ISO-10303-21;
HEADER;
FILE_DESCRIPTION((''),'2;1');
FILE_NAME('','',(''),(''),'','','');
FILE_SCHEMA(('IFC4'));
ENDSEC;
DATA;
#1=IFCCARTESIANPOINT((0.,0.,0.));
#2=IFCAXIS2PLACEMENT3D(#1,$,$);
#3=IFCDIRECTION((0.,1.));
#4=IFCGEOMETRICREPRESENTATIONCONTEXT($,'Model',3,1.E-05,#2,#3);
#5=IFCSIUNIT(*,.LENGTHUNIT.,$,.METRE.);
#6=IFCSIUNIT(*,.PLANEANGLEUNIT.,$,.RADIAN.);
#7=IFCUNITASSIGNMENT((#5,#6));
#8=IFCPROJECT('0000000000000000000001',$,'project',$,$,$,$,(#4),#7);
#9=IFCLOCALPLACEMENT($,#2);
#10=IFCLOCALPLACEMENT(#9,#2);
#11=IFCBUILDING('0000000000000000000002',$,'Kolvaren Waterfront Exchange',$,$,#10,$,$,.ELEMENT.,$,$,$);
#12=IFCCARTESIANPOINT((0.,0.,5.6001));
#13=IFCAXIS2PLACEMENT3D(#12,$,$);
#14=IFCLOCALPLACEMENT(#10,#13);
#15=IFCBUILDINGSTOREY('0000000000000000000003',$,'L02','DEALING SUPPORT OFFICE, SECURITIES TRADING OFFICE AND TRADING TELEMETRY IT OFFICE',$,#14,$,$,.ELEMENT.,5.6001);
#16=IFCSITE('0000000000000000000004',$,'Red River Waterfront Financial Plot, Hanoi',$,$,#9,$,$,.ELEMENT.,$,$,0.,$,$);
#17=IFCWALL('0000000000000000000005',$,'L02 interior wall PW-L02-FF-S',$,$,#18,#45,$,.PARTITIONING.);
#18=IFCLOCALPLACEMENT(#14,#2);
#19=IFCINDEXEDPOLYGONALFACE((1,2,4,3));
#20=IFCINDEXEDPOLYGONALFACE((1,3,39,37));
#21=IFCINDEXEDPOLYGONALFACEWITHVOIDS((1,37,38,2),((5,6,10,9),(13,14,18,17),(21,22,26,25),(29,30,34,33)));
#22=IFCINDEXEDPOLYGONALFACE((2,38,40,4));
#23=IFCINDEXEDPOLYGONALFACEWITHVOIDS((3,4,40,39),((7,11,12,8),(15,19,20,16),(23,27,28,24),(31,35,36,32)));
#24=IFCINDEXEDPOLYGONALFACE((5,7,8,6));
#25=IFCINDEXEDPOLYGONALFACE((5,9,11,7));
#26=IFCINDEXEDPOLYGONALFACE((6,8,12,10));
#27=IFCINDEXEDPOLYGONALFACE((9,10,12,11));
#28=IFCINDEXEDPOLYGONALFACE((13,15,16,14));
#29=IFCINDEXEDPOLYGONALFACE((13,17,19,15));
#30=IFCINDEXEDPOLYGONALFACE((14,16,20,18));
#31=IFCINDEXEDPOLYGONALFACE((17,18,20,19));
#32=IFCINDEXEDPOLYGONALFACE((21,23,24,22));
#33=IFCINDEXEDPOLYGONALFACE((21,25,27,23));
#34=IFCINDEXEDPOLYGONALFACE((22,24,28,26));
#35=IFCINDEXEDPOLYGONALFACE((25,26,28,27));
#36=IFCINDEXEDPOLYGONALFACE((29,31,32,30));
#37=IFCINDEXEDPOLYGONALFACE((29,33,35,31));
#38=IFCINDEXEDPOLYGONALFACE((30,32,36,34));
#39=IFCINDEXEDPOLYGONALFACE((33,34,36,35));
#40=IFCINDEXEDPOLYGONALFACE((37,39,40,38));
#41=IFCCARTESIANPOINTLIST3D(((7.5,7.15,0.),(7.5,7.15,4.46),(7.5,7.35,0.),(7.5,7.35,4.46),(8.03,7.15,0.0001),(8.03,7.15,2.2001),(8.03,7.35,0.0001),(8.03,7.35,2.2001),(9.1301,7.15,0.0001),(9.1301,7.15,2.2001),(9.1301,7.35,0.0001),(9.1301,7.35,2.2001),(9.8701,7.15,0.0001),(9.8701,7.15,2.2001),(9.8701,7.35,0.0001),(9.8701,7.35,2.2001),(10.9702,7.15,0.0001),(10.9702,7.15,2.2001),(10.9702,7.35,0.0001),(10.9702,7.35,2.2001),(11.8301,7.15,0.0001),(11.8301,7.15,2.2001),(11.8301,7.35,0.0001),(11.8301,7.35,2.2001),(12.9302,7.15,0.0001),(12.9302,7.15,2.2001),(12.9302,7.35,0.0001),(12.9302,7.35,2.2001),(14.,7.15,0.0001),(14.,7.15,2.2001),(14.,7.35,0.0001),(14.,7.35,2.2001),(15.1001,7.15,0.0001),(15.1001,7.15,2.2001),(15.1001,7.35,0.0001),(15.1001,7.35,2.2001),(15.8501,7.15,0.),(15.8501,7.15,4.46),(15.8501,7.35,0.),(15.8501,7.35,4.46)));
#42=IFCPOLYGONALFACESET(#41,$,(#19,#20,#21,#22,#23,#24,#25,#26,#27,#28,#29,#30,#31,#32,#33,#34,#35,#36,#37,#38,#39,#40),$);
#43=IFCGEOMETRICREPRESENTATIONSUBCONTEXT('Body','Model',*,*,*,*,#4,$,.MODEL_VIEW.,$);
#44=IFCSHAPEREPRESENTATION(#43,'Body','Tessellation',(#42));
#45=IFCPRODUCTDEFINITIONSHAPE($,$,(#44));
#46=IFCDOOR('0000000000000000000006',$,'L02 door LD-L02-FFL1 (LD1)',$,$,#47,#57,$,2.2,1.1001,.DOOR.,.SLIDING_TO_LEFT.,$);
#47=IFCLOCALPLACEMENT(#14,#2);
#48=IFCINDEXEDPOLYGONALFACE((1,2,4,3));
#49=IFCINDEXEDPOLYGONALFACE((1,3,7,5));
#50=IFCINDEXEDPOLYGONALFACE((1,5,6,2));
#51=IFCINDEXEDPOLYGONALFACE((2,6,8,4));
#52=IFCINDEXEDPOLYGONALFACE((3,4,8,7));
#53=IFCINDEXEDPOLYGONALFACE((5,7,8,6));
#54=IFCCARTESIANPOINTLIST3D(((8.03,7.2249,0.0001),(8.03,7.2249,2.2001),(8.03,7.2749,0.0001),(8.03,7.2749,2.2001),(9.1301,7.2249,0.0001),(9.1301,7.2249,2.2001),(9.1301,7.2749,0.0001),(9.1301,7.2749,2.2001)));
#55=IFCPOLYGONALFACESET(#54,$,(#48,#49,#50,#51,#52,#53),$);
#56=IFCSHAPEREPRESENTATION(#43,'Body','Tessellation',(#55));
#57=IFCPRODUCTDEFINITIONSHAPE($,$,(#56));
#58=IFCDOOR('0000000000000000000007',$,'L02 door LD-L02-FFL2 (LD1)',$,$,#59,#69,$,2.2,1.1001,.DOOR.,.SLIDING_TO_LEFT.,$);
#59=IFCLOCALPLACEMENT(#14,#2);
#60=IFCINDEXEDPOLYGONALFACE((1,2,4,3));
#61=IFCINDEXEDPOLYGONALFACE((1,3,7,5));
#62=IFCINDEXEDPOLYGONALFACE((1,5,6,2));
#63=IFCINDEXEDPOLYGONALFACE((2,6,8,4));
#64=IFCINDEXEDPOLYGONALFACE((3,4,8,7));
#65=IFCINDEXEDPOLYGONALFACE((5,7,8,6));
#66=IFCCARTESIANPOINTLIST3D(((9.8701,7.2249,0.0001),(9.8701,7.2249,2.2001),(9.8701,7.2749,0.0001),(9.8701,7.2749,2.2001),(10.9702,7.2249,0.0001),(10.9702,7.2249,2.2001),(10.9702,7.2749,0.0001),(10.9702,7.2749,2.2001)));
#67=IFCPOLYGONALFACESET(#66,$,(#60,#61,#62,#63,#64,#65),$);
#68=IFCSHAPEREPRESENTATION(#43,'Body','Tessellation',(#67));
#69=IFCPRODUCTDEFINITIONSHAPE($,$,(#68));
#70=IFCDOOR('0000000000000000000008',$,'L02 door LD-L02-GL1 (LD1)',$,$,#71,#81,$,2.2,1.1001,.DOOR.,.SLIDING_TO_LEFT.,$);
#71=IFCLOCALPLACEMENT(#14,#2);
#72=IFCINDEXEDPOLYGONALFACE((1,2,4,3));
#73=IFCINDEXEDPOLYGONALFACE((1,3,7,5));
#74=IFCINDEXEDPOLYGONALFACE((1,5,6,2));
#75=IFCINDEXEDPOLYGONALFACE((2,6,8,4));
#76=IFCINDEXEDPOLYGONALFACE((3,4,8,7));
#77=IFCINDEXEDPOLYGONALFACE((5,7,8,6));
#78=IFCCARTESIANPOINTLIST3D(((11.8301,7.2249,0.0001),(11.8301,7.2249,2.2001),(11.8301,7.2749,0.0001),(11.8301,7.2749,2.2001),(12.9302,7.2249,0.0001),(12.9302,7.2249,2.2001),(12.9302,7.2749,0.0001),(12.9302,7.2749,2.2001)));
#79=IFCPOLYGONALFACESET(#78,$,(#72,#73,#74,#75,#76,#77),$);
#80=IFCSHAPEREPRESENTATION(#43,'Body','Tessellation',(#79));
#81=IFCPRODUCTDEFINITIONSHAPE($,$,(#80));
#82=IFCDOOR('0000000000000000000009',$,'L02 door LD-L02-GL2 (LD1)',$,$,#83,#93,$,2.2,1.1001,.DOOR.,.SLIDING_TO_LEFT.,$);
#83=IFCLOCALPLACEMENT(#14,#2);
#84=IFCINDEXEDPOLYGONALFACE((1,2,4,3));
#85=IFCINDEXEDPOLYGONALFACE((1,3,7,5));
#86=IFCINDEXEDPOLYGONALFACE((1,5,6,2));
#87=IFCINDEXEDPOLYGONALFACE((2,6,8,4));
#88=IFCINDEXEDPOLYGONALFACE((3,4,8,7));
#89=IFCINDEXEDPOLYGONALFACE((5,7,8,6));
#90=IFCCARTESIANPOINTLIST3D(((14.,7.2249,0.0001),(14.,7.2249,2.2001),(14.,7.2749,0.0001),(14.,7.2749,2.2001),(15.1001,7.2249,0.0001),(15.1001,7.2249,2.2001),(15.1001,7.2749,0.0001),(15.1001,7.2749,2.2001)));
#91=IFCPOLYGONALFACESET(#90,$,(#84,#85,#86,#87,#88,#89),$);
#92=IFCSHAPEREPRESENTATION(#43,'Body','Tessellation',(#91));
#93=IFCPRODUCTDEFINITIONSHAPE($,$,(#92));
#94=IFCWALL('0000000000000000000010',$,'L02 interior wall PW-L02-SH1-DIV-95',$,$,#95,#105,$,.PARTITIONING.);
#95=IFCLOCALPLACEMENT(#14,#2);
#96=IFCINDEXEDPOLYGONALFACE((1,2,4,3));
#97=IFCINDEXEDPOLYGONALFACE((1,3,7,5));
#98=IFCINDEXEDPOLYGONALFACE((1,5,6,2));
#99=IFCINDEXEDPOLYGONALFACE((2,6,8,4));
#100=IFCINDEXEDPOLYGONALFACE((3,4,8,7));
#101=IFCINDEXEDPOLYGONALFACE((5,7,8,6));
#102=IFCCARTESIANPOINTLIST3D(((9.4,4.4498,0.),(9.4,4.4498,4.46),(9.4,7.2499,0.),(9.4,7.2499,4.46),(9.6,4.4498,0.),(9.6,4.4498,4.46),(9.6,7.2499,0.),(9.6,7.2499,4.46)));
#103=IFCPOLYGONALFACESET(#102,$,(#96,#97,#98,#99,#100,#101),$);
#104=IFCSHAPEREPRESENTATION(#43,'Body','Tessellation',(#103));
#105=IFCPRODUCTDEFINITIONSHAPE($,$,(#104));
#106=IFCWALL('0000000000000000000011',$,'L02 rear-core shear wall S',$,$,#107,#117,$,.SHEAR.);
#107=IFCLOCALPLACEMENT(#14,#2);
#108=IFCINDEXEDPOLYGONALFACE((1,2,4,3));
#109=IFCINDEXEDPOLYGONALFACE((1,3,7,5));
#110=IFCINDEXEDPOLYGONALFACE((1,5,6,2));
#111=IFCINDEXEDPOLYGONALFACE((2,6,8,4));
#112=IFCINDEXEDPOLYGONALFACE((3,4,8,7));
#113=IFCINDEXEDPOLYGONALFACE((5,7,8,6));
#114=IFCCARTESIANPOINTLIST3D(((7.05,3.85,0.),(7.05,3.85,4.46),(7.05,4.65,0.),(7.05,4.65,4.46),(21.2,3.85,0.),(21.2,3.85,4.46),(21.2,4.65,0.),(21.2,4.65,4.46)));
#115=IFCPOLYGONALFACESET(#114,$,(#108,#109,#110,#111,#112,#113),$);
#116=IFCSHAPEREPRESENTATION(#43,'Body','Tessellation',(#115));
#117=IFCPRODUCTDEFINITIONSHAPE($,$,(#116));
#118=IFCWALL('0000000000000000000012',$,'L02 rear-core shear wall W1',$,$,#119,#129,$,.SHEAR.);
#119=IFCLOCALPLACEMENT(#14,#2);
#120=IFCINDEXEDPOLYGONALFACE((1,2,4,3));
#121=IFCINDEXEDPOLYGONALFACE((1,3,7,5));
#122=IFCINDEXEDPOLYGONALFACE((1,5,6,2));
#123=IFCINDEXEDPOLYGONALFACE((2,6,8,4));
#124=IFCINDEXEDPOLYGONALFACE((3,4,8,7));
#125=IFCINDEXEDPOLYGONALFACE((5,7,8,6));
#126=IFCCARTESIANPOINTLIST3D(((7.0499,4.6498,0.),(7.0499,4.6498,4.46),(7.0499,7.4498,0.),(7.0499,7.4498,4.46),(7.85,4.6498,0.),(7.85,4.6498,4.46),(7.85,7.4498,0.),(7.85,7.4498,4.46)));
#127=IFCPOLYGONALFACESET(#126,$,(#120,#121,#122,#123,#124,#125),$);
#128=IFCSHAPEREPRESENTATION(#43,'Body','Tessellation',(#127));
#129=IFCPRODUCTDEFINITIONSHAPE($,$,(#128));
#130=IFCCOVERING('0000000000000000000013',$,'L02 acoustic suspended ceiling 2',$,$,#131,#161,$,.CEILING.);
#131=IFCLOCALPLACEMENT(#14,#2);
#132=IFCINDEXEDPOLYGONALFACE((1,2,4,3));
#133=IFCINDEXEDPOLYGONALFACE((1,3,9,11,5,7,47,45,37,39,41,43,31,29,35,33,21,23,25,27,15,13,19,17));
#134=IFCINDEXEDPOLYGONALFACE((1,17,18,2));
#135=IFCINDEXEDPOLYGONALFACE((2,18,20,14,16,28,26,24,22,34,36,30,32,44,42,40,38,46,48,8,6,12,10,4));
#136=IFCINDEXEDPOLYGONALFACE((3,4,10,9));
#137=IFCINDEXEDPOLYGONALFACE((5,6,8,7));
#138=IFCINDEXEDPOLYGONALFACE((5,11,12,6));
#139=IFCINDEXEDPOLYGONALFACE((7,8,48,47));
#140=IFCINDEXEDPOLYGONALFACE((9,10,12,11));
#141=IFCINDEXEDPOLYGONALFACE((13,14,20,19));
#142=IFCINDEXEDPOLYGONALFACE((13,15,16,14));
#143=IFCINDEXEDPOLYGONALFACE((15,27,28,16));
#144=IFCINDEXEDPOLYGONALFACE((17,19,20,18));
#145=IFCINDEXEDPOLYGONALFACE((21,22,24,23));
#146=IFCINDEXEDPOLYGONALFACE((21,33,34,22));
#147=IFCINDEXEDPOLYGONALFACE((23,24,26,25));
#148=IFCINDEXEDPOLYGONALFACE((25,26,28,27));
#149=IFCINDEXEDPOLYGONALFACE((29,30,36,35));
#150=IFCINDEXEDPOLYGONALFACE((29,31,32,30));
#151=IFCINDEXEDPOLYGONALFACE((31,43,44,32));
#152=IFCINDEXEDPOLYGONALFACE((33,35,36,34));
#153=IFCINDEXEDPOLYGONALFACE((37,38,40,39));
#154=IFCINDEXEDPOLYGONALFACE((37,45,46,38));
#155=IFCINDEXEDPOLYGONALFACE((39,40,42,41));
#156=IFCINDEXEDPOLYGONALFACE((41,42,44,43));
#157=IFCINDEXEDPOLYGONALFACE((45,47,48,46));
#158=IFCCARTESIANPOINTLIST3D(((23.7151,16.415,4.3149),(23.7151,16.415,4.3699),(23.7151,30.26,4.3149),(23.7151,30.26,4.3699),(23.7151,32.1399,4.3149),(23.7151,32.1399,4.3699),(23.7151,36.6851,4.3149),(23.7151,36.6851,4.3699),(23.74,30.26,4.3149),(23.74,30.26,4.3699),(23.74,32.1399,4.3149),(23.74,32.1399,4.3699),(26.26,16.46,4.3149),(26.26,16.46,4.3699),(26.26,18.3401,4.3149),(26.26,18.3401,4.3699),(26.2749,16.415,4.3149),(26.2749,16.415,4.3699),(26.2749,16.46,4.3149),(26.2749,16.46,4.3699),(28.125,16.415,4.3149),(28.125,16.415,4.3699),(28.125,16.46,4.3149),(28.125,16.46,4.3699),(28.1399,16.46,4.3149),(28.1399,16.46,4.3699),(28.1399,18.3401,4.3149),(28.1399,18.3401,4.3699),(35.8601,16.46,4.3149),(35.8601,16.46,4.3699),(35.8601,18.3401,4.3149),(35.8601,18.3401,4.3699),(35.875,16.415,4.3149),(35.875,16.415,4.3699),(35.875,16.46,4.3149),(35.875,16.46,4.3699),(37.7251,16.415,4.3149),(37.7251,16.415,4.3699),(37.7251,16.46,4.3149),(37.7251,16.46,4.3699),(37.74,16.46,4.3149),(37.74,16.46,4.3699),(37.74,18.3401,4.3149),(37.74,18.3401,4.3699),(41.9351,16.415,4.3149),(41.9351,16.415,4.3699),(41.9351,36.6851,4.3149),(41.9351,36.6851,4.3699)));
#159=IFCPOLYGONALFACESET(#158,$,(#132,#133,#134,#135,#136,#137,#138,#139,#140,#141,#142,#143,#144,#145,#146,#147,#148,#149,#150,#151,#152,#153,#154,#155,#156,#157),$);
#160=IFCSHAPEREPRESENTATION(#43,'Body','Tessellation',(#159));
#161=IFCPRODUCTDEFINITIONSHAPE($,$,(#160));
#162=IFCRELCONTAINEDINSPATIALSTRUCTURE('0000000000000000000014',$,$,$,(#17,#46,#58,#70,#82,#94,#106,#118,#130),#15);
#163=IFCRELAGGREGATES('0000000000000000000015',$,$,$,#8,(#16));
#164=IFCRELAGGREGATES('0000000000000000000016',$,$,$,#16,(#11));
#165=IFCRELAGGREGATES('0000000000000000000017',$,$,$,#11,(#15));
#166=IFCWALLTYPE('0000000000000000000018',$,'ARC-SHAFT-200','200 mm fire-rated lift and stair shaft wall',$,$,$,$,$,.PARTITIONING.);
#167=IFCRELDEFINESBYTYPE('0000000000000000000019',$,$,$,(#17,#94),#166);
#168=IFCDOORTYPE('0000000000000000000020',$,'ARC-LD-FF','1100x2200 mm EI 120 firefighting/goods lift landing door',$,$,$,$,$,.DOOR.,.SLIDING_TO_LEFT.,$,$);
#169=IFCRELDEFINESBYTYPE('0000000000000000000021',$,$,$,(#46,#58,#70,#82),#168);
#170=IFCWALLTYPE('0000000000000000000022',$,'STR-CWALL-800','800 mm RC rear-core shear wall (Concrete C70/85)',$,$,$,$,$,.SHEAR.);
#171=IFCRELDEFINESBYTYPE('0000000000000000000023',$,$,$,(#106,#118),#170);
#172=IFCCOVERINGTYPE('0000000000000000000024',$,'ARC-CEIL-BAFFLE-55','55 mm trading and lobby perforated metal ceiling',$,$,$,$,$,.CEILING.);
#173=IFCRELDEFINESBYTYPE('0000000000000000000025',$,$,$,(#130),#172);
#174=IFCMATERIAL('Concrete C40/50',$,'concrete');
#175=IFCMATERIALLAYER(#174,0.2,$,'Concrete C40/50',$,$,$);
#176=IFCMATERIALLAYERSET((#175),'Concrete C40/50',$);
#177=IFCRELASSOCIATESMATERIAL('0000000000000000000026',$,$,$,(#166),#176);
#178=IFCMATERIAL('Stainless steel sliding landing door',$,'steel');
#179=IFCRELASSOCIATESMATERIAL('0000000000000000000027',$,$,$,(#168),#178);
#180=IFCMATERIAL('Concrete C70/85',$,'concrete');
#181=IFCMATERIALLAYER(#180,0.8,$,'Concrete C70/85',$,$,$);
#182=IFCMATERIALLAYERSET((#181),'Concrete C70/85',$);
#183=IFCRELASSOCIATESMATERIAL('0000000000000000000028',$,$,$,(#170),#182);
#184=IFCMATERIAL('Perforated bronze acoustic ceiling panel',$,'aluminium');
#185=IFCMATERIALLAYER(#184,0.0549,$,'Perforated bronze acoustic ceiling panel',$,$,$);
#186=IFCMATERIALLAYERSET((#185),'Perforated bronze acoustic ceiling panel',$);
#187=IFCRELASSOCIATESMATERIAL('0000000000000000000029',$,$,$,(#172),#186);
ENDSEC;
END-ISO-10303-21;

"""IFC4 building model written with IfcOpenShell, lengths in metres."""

from ifc_helpers import new_model, si_unit, direction, frame, frame_2d, origin, place, context, subcontext, project, spatial, polyline, rectangle, outline, extrude, material, layer, layer_set, type_object, element, fill, save


model = new_model("IFC4")

# Units and contexts
model_context = context("Model", 3, precision=1e-05, world=origin(), true_north=direction((0.0, 1.0)))
body_context = subcontext(model_context, "Body", "Model", "MODEL_VIEW")
ifc_project = project(units=[si_unit("LENGTHUNIT", "METRE"), si_unit("PLANEANGLEUNIT", "RADIAN")], contexts=[model_context])

# Site, building, storey
site_placement = place(None, origin())
site = spatial("IfcSite", under=ifc_project, at=site_placement, Name="Red River Waterfront Financial Plot, Hanoi", CompositionType="ELEMENT", RefElevation=0.0)
building_placement = place(site_placement, origin())
building = spatial("IfcBuilding", under=site, at=building_placement, Name="Kolvaren Waterfront Exchange", CompositionType="ELEMENT")
storey_placement = place(building_placement, frame((0.0, 0.0, 5.6001)))
storey = spatial("IfcBuildingStorey", under=building, at=storey_placement, Name="L02", Description="DEALING SUPPORT OFFICE, SECURITIES TRADING OFFICE AND TRADING TELEMETRY IT OFFICE", CompositionType="ELEMENT", Elevation=5.6001)

# Shared definitions
ifc_material_1 = material(Name="Concrete C70/85", Category="concrete")

# Wall, openings, doors
ifc_material_2 = material(Name="Concrete C40/50", Category="concrete")
ifc_layer_1 = layer(ifc_material_2, 0.2, Name="Concrete C40/50")
ifc_layer_set_1 = layer_set([ifc_layer_1], Name="Concrete C40/50")
wall_type_1 = type_object("IfcWallType", Name="ARC-SHAFT-200", Description="200 mm fire-rated lift and stair shaft wall", PredefinedType="PARTITIONING", material=ifc_layer_set_1)
wall_1_placement = place(storey_placement, frame((7.5, 7.25, 0.0), z_axis=(0.0, 0.0, 1.0), x_axis=(1.0, 0.0, 0.0)))
wall_1 = element("IfcWall", 1, at=wall_1_placement, inside=storey, type_object=wall_type_1, Name="L02 interior wall PW-L02-FF-S", PredefinedType="PARTITIONING", context=body_context, shape_type="SweptSolid", body=[
    extrude(rectangle(XDim=8.3501, YDim=0.2, at=frame_2d((4.175, 0.0))), origin(), (0.0, 0.0, 1.0), 4.46),
])
opening_1_placement = place(wall_1_placement, frame((0.53, 0.0, 0.0)))
opening_1 = element("IfcOpeningElement", 2, at=opening_1_placement, cuts=wall_1, PredefinedType="OPENING", context=body_context, shape_type="SweptSolid", body=[
    extrude(rectangle(XDim=1.1001, YDim=2.2, at=frame_2d((0.55, 1.1001))), frame((0.0, 0.1099, 0.0), z_axis=(0.0, -1.0, 0.0), x_axis=(1.0, 0.0, 0.0)), (0.0, 0.0, 1.0), 0.22),
])
opening_2_placement = place(wall_1_placement, frame((2.3701, 0.0, 0.0)))
opening_2 = element("IfcOpeningElement", 3, at=opening_2_placement, cuts=wall_1, PredefinedType="OPENING", context=body_context, shape_type="SweptSolid", body=[
    extrude(rectangle(XDim=1.1001, YDim=2.2, at=frame_2d((0.55, 1.1001))), frame((0.0, 0.1099, 0.0), z_axis=(0.0, -1.0, 0.0), x_axis=(1.0, 0.0, 0.0)), (0.0, 0.0, 1.0), 0.22),
])
opening_3_placement = place(wall_1_placement, frame((4.3301, 0.0, 0.0)))
opening_3 = element("IfcOpeningElement", 4, at=opening_3_placement, cuts=wall_1, PredefinedType="OPENING", context=body_context, shape_type="SweptSolid", body=[
    extrude(rectangle(XDim=1.1001, YDim=2.2, at=frame_2d((0.55, 1.1001))), frame((0.0, 0.1099, 0.0), z_axis=(0.0, -1.0, 0.0), x_axis=(1.0, 0.0, 0.0)), (0.0, 0.0, 1.0), 0.22),
])
opening_4_placement = place(wall_1_placement, frame((6.5, 0.0, 0.0)))
opening_4 = element("IfcOpeningElement", 5, at=opening_4_placement, cuts=wall_1, PredefinedType="OPENING", context=body_context, shape_type="SweptSolid", body=[
    extrude(rectangle(XDim=1.1001, YDim=2.2, at=frame_2d((0.55, 1.1001))), frame((0.0, 0.1099, 0.0), z_axis=(0.0, -1.0, 0.0), x_axis=(1.0, 0.0, 0.0)), (0.0, 0.0, 1.0), 0.22),
])
ifc_material_3 = material(Name="Stainless steel sliding landing door", Category="steel")
door_type = type_object("IfcDoorType", Name="ARC-LD-FF", Description="1100x2200 mm EI 120 firefighting/goods lift landing door", OperationType="SLIDING_TO_LEFT", PredefinedType="DOOR", material=ifc_material_3)
door_1_placement = place(opening_1_placement, origin())
door_1 = element("IfcDoor", 6, at=door_1_placement, inside=storey, type_object=door_type, Name="L02 door LD-L02-FFL1 (LD1)", OperationType="SLIDING_TO_LEFT", OverallHeight=2.2, OverallWidth=1.1001, PredefinedType="DOOR", context=body_context, shape_type="SweptSolid", body=[
    extrude(rectangle(XDim=1.1001, YDim=2.2, at=frame_2d((0.55, 1.1001))), frame((0.0, 0.0249, 0.0), z_axis=(0.0, -1.0, 0.0), x_axis=(1.0, 0.0, 0.0)), (0.0, 0.0, 1.0), 0.05),
])
fill(opening_1, door_1)
door_2_placement = place(opening_2_placement, origin())
door_2 = element("IfcDoor", 7, at=door_2_placement, inside=storey, type_object=door_type, Name="L02 door LD-L02-FFL2 (LD1)", OperationType="SLIDING_TO_LEFT", OverallHeight=2.2, OverallWidth=1.1001, PredefinedType="DOOR", context=body_context, shape_type="SweptSolid", body=[
    extrude(rectangle(XDim=1.1001, YDim=2.2, at=frame_2d((0.55, 1.1001))), frame((0.0, 0.0249, 0.0), z_axis=(0.0, -1.0, 0.0), x_axis=(1.0, 0.0, 0.0)), (0.0, 0.0, 1.0), 0.05),
])
fill(opening_2, door_2)
door_3_placement = place(opening_3_placement, origin())
door_3 = element("IfcDoor", 8, at=door_3_placement, inside=storey, type_object=door_type, Name="L02 door LD-L02-GL1 (LD1)", OperationType="SLIDING_TO_LEFT", OverallHeight=2.2, OverallWidth=1.1001, PredefinedType="DOOR", context=body_context, shape_type="SweptSolid", body=[
    extrude(rectangle(XDim=1.1001, YDim=2.2, at=frame_2d((0.55, 1.1001))), frame((0.0, 0.0249, 0.0), z_axis=(0.0, -1.0, 0.0), x_axis=(1.0, 0.0, 0.0)), (0.0, 0.0, 1.0), 0.05),
])
fill(opening_3, door_3)
door_4_placement = place(opening_4_placement, origin())
door_4 = element("IfcDoor", 9, at=door_4_placement, inside=storey, type_object=door_type, Name="L02 door LD-L02-GL2 (LD1)", OperationType="SLIDING_TO_LEFT", OverallHeight=2.2, OverallWidth=1.1001, PredefinedType="DOOR", context=body_context, shape_type="SweptSolid", body=[
    extrude(rectangle(XDim=1.1001, YDim=2.2, at=frame_2d((0.55, 1.1001))), frame((0.0, 0.0249, 0.0), z_axis=(0.0, -1.0, 0.0), x_axis=(1.0, 0.0, 0.0)), (0.0, 0.0, 1.0), 0.05),
])
fill(opening_4, door_4)

# Walls
wall_2_placement = place(storey_placement, frame((9.5, 4.45, 0.0), z_axis=(0.0, 0.0, 1.0), x_axis=(0.0, 1.0, 0.0)))
element("IfcWall", 10, at=wall_2_placement, inside=storey, type_object=wall_type_1, Name="L02 interior wall PW-L02-SH1-DIV-95", PredefinedType="PARTITIONING", context=body_context, shape_type="SweptSolid", body=[
    extrude(rectangle(XDim=2.8, YDim=0.2, at=frame_2d((1.3999, 0.0))), origin(), (0.0, 0.0, 1.0), 4.46),
])
ifc_layer_2 = layer(ifc_material_1, 0.8, Name="Concrete C70/85")
ifc_layer_set_2 = layer_set([ifc_layer_2], Name="Concrete C70/85")
wall_type_2 = type_object("IfcWallType", Name="STR-CWALL-800", Description="800 mm RC rear-core shear wall (Concrete C70/85)", PredefinedType="SHEAR", material=ifc_layer_set_2)
wall_3_placement = place(storey_placement, frame((7.05, 4.25, 0.0), z_axis=(0.0, 0.0, 1.0), x_axis=(1.0, 0.0, 0.0)))
element("IfcWall", 11, at=wall_3_placement, inside=storey, type_object=wall_type_2, Name="L02 rear-core shear wall S", PredefinedType="SHEAR", context=body_context, shape_type="SweptSolid", body=[
    extrude(rectangle(XDim=14.1499, YDim=0.8, at=frame_2d((7.075, 0.0))), origin(), (0.0, 0.0, 1.0), 4.46),
])
wall_4_placement = place(storey_placement, frame((7.45, 4.6499, 0.0), z_axis=(0.0, 0.0, 1.0), x_axis=(0.0, 1.0, 0.0)))
element("IfcWall", 12, at=wall_4_placement, inside=storey, type_object=wall_type_2, Name="L02 rear-core shear wall W1", PredefinedType="SHEAR", context=body_context, shape_type="SweptSolid", body=[
    extrude(rectangle(XDim=2.8, YDim=0.8, at=frame_2d((1.3999, 0.0))), origin(), (0.0, 0.0, 1.0), 4.46),
])

# Covering
ifc_material_4 = material(Name="Perforated bronze acoustic ceiling panel", Category="aluminium")
ifc_layer_3 = layer(ifc_material_4, 0.0549, Name="Perforated bronze acoustic ceiling panel")
ifc_layer_set_3 = layer_set([ifc_layer_3], Name="Perforated bronze acoustic ceiling panel")
covering_type_1 = type_object("IfcCoveringType", Name="ARC-CEIL-BAFFLE-55", Description="55 mm trading and lobby perforated metal ceiling", PredefinedType="CEILING", material=ifc_layer_set_3)
covering_1_placement = place(storey_placement, frame((0.0, 0.0, 4.3149)))
element("IfcCovering", 13, at=covering_1_placement, inside=storey, type_object=covering_type_1, Name="L02 acoustic suspended ceiling 2", PredefinedType="CEILING", context=body_context, shape_type="SweptSolid", body=[
    extrude(outline(polyline([(23.7151, 32.1399), (23.74, 32.1399), (23.74, 30.26), (23.7151, 30.26), (23.7151, 16.415), (26.2749, 16.415), (26.2749, 16.46), (26.26, 16.46), (26.26, 18.3401), (28.1399, 18.3401), (28.1399, 16.46), (28.125, 16.46), (28.125, 16.415), (35.875, 16.415), (35.875, 16.46), (35.8601, 16.46), (35.8601, 18.3401), (37.74, 18.3401), (37.74, 16.46), (37.7251, 16.46), (37.7251, 16.415), (41.9351, 16.415), (41.9351, 36.6851), (23.7151, 36.6851), (23.7151, 32.1399)])), origin(), (0.0, 0.0, 1.0), 0.0549),
])

save(model, "model.ifc")
